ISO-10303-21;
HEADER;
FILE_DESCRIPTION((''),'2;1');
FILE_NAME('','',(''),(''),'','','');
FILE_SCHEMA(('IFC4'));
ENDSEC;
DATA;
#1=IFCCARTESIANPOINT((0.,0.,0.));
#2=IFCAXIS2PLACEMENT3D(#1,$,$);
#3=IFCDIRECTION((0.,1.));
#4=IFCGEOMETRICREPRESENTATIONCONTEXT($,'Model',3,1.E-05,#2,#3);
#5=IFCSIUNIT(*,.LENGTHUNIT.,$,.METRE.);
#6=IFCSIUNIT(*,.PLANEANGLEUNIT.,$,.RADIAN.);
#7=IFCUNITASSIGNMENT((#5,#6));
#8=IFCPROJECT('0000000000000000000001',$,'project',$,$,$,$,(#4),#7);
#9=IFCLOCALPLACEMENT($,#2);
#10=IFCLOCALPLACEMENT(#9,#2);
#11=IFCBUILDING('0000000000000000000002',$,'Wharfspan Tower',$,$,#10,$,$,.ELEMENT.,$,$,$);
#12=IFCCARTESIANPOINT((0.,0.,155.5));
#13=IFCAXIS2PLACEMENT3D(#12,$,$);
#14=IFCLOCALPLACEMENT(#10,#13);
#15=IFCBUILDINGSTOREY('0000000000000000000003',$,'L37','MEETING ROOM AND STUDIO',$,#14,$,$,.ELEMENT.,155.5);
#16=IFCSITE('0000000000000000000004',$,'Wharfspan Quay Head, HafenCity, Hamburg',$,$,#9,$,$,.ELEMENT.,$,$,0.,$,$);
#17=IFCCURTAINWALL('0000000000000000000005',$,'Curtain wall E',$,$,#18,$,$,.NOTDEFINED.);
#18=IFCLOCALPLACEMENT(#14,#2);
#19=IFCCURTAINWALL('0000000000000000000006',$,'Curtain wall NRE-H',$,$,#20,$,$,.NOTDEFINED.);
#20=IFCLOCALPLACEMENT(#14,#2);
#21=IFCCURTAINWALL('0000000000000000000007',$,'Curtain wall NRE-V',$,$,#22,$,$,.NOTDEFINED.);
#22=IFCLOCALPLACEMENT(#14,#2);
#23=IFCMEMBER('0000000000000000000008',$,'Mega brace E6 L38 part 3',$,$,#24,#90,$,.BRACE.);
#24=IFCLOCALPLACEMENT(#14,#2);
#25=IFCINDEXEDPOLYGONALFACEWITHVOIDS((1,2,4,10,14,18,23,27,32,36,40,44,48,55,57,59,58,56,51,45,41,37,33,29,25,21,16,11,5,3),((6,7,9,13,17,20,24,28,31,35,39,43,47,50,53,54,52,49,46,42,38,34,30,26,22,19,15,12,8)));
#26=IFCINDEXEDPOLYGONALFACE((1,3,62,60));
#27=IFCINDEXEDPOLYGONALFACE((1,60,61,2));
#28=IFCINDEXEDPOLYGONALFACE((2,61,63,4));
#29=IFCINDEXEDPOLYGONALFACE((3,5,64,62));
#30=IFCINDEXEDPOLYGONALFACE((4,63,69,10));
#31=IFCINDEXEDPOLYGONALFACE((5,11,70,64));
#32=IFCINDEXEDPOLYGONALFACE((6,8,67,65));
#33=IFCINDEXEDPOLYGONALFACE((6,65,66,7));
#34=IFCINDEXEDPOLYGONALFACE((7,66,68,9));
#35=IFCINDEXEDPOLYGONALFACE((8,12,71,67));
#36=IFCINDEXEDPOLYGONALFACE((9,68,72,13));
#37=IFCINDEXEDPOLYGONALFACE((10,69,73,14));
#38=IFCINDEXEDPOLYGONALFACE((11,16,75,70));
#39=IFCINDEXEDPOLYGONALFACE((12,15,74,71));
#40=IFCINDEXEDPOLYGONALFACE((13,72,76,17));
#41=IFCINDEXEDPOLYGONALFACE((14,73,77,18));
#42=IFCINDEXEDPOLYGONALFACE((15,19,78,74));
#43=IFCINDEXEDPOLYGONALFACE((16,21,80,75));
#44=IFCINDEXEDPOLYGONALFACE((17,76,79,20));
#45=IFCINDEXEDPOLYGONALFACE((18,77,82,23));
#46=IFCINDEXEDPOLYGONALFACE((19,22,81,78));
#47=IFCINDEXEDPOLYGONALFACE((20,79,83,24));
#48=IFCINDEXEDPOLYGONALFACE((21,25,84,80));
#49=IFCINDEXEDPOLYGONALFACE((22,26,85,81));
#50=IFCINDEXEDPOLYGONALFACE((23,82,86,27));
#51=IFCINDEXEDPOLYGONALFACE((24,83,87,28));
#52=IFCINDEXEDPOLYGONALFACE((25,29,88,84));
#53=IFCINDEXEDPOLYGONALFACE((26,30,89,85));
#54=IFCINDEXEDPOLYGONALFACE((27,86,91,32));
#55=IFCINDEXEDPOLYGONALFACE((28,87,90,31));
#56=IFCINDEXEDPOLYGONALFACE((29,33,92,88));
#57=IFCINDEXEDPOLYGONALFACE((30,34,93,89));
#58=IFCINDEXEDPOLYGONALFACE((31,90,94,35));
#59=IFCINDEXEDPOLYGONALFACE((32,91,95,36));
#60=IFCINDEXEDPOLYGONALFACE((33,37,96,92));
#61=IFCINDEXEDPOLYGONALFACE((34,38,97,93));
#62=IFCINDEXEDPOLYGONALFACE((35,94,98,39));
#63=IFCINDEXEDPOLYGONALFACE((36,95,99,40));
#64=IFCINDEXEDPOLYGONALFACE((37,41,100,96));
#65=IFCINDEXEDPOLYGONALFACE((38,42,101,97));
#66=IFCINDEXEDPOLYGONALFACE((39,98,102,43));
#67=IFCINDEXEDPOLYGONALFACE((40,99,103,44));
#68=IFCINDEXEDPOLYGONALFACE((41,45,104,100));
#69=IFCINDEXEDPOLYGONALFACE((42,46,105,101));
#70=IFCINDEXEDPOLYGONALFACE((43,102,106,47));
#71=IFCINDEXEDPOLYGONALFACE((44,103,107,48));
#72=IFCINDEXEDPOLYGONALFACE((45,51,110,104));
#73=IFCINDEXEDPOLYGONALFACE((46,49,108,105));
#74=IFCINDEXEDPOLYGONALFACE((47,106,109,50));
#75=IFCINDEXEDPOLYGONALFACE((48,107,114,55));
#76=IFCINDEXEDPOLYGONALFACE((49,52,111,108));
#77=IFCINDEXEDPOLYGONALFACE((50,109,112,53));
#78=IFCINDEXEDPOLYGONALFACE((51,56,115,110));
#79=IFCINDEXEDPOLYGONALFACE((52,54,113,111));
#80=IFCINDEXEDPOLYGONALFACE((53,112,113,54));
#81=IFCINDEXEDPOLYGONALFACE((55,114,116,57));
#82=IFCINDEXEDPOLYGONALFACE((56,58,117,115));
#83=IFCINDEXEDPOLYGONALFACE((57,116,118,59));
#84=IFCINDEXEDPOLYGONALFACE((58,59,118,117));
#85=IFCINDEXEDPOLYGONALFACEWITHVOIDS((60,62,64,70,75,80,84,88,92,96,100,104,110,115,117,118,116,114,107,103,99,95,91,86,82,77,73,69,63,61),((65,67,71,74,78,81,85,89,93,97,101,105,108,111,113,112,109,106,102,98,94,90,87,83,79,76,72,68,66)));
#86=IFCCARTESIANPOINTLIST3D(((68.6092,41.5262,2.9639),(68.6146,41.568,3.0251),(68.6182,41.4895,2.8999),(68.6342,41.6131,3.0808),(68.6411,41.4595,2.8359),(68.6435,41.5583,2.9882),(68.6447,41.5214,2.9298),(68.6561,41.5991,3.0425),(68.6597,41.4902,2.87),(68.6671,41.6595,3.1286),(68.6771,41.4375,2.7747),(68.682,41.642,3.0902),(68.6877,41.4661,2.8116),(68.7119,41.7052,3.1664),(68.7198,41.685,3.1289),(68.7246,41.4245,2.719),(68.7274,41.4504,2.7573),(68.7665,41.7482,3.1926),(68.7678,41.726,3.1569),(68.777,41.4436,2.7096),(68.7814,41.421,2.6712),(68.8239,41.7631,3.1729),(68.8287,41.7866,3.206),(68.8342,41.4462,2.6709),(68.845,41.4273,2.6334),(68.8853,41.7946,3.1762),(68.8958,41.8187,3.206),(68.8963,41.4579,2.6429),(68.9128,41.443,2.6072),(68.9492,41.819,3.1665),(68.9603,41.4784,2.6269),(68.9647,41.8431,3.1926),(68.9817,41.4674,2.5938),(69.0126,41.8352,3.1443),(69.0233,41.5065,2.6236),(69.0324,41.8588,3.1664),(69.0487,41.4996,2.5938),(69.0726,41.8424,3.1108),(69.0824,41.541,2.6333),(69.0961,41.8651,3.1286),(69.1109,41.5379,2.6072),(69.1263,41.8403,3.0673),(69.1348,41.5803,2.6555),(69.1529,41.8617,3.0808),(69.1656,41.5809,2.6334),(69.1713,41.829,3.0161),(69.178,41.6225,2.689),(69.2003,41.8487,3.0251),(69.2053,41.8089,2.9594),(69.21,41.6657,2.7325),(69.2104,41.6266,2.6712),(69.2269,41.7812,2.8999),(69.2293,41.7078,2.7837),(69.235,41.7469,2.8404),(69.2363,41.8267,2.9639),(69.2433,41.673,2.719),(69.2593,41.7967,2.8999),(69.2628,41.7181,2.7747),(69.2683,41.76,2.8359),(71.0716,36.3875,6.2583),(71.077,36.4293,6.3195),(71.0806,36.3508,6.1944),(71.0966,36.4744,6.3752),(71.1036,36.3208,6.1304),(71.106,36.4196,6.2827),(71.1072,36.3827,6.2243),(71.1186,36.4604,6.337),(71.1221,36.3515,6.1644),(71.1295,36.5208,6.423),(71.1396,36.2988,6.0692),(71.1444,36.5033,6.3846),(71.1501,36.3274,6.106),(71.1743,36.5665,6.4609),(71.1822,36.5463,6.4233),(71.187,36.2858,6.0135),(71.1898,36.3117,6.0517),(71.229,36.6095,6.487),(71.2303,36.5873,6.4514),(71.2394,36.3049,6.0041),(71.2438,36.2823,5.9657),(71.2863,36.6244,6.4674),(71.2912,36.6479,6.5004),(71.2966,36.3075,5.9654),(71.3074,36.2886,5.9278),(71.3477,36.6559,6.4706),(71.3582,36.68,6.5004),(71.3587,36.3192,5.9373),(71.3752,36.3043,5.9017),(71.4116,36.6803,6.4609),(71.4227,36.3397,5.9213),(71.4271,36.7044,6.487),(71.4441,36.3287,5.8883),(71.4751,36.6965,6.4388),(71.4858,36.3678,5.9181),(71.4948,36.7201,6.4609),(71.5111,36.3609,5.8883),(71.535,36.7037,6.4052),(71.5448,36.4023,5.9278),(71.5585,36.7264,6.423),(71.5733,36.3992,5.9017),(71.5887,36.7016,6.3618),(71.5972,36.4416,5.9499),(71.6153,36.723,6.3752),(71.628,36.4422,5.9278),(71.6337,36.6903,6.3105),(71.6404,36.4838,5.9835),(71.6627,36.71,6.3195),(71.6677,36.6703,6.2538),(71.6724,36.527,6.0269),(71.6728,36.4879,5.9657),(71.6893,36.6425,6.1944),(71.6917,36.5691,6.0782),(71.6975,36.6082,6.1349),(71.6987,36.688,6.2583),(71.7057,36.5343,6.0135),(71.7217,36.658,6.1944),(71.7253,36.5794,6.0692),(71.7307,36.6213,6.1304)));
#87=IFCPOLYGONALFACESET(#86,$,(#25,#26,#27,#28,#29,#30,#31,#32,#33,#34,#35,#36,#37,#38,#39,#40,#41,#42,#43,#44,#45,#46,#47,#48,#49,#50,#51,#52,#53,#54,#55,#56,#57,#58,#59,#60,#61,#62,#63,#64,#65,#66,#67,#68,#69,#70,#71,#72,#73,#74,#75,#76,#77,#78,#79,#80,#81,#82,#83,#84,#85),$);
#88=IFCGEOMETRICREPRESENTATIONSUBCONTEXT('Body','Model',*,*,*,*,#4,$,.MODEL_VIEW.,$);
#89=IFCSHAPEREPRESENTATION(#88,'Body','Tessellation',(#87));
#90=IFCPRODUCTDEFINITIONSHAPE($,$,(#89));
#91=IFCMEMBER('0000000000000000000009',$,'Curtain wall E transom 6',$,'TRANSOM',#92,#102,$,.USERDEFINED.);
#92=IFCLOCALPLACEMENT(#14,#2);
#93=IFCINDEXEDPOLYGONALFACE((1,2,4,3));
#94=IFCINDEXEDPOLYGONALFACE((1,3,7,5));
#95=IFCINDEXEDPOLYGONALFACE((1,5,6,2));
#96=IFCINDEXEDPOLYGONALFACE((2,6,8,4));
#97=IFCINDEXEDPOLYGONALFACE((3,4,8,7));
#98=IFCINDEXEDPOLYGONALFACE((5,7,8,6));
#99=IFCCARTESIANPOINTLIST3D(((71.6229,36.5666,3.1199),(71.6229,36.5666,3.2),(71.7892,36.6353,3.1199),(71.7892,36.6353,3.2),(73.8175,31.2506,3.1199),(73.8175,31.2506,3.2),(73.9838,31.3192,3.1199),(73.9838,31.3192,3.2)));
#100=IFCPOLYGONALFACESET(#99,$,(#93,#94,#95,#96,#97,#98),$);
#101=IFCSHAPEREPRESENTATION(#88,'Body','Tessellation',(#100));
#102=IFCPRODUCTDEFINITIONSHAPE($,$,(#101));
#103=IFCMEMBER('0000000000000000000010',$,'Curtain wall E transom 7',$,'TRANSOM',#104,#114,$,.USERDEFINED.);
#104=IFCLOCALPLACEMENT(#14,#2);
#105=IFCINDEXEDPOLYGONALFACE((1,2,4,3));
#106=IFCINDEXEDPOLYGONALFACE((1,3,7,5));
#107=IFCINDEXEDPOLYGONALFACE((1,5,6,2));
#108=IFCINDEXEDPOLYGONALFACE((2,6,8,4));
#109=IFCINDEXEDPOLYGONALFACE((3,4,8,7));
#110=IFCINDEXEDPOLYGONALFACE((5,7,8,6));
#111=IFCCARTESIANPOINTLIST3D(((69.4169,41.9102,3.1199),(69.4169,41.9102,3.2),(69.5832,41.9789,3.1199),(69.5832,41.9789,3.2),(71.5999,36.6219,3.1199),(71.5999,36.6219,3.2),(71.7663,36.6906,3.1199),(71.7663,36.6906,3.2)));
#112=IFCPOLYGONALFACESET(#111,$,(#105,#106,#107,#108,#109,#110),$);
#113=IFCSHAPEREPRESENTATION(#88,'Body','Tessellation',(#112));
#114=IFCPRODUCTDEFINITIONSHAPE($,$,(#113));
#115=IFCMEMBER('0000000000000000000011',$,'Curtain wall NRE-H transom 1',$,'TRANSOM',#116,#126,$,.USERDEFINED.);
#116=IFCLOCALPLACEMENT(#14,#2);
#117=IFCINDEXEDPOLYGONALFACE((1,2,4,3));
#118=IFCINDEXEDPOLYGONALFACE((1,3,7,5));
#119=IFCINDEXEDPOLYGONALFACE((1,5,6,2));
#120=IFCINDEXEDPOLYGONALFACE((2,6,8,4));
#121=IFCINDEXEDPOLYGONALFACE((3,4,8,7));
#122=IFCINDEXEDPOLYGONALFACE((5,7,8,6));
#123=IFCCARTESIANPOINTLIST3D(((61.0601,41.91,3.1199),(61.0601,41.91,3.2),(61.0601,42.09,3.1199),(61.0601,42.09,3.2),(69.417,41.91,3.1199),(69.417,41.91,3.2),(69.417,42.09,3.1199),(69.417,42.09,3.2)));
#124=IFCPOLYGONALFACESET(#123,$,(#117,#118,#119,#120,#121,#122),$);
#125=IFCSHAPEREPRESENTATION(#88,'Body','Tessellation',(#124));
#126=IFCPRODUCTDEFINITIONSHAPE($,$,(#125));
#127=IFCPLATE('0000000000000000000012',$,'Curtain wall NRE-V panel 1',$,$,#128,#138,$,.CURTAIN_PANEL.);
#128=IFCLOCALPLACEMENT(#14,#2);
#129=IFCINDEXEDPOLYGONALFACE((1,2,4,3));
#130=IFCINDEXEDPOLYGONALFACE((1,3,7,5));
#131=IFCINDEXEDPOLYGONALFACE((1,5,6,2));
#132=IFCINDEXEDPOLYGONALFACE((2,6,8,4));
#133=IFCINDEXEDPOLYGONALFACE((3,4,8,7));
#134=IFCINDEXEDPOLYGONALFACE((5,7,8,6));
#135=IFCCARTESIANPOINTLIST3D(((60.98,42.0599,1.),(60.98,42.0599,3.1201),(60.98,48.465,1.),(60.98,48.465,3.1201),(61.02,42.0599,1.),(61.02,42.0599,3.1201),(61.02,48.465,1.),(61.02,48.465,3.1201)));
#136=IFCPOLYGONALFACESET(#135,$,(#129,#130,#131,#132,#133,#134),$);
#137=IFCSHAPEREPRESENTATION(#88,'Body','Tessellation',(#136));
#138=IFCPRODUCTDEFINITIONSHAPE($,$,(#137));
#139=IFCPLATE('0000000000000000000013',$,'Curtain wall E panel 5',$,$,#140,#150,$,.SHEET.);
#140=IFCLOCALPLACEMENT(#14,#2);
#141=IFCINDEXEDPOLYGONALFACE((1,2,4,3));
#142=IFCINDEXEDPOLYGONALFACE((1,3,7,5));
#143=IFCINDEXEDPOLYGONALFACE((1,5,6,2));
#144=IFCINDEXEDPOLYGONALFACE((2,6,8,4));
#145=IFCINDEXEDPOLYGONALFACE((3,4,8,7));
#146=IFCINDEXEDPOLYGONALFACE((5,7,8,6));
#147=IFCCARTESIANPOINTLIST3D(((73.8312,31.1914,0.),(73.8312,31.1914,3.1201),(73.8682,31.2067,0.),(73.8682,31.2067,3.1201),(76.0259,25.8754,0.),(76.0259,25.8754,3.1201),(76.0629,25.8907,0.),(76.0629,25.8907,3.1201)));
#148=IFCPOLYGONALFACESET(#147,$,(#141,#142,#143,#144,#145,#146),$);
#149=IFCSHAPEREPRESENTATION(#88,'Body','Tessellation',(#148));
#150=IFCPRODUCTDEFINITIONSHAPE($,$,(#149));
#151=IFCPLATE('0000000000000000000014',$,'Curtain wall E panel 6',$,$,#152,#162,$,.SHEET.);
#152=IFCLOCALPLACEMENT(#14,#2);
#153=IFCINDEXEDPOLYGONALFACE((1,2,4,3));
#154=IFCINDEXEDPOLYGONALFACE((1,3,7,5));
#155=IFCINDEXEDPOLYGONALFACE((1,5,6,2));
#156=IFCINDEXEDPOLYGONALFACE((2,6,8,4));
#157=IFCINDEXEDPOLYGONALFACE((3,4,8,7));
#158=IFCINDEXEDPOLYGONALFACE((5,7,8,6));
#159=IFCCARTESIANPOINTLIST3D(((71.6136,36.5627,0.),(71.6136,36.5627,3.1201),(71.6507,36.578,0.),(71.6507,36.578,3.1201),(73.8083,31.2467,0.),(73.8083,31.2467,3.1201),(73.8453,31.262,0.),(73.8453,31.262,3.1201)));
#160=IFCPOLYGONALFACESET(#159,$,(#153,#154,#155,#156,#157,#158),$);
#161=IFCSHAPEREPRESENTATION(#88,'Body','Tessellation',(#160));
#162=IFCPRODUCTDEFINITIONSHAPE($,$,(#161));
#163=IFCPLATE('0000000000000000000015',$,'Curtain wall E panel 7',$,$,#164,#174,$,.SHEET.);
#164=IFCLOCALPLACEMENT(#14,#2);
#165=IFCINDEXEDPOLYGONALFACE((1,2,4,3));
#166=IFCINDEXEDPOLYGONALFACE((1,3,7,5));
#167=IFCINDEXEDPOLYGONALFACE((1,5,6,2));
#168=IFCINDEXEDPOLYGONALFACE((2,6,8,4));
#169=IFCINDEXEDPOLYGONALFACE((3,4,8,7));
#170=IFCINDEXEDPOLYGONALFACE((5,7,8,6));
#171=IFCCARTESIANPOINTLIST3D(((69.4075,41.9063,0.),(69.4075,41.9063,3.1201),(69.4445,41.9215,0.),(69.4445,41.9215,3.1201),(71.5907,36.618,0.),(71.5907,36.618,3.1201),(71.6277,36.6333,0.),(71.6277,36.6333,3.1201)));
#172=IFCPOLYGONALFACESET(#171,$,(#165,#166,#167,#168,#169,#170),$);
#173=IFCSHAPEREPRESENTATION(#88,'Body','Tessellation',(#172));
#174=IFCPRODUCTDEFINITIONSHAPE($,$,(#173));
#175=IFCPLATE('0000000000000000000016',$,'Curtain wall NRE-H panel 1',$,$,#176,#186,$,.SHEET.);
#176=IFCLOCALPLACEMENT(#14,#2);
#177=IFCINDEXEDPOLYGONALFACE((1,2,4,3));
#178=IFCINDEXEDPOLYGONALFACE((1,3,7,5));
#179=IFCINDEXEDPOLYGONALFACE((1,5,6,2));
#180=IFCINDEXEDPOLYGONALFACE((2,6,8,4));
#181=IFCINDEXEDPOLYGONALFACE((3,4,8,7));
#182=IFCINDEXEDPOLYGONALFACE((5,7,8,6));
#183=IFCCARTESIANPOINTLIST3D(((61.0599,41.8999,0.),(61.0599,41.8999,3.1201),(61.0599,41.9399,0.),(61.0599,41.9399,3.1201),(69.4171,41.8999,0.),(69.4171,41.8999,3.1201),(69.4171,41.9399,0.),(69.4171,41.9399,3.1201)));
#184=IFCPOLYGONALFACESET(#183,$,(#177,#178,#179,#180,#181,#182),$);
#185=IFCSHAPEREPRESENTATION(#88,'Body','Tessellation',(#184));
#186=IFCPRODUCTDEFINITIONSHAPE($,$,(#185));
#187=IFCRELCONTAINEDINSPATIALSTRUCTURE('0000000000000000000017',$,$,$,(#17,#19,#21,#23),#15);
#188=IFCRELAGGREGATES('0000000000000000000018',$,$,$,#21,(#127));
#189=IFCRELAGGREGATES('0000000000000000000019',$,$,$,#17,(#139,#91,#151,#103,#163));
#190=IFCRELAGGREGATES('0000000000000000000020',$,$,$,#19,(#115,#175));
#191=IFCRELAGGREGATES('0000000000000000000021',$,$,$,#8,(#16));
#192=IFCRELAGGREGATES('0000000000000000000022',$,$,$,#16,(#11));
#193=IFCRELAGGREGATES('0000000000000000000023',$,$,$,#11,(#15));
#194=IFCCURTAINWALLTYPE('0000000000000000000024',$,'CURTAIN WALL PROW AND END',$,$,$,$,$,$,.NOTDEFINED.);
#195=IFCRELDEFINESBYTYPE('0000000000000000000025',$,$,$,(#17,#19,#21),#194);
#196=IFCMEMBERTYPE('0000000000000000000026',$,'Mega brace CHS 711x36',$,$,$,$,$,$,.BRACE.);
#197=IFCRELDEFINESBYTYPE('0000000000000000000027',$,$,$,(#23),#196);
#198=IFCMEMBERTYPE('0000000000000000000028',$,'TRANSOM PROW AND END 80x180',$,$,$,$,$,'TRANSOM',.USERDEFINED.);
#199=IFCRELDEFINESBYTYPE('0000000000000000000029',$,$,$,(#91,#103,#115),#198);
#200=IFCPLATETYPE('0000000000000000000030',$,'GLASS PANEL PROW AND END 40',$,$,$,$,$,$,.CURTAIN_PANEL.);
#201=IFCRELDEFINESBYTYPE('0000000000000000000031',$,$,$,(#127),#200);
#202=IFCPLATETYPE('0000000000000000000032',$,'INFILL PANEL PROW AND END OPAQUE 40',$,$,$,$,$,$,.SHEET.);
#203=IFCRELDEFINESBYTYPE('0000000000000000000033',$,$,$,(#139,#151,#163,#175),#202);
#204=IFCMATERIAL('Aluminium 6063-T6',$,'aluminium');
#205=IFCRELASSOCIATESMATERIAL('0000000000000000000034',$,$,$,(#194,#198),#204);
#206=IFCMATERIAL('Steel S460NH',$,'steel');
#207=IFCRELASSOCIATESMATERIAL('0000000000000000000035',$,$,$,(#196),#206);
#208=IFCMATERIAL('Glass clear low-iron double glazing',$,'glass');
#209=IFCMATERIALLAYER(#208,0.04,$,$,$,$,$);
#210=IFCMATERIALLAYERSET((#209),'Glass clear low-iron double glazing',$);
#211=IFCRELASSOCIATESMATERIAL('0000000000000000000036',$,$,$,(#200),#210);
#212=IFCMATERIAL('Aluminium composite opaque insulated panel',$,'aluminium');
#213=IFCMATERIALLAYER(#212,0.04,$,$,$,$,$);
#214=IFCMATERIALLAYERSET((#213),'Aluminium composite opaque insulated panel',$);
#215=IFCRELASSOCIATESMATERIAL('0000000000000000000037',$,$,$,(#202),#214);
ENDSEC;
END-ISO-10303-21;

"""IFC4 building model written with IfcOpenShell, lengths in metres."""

from ifc_helpers import new_model, si_unit, direction, frame, origin, origin_2d, place, context, subcontext, project, spatial, rectangle, hollow_circle, extrude, material, layer, layer_set, material_profile, profile_set, type_object, element, aggregate, save


model = new_model("IFC4")

# Units and contexts
model_context = context("Model", 3, precision=1e-05, world=origin(), true_north=direction((0.0, 1.0)))
body_context = subcontext(model_context, "Body", "Model", "MODEL_VIEW")
ifc_project = project(units=[si_unit("LENGTHUNIT", "METRE"), si_unit("PLANEANGLEUNIT", "RADIAN")], contexts=[model_context])

# Site, building, storey
site_placement = place(None, origin())
site = spatial("IfcSite", under=ifc_project, at=site_placement, Name="Wharfspan Quay Head, HafenCity, Hamburg", CompositionType="ELEMENT", RefElevation=0.0)
building_placement = place(site_placement, origin())
building = spatial("IfcBuilding", under=site, at=building_placement, Name="Wharfspan Tower", CompositionType="ELEMENT")
storey_placement = place(building_placement, frame((0.0, 0.0, 155.5)))
storey = spatial("IfcBuildingStorey", under=building, at=storey_placement, Name="L37", Description="MEETING ROOM AND STUDIO", CompositionType="ELEMENT", Elevation=155.5)

# Curtain walls
ifc_material_1 = material(Name="Aluminium 6063-T6", Category="aluminium")
curtain_wall_type = type_object("IfcCurtainWallType", Name="CURTAIN WALL PROW AND END", PredefinedType="NOTDEFINED", material=ifc_material_1)
curtain_wall_1_placement = place(storey_placement, origin())
curtain_wall_1 = element("IfcCurtainWall", 1, at=curtain_wall_1_placement, inside=storey, type_object=curtain_wall_type, Name="Curtain wall E", PredefinedType="NOTDEFINED")
curtain_wall_2_placement = place(storey_placement, origin())
curtain_wall_2 = element("IfcCurtainWall", 2, at=curtain_wall_2_placement, inside=storey, type_object=curtain_wall_type, Name="Curtain wall NRE-H", PredefinedType="NOTDEFINED")

# Curtain wall
curtain_wall_3_placement = place(storey_placement, origin())
curtain_wall_3 = element("IfcCurtainWall", 3, at=curtain_wall_3_placement, inside=storey, type_object=curtain_wall_type, Name="Curtain wall NRE-V", PredefinedType="NOTDEFINED")

# Member
ifc_material_2 = material(Name="Steel S460NH", Category="steel")
ifc_material_profile_1 = material_profile(ifc_material_2, hollow_circle(Radius=0.3555, WallThickness=0.0359, at=origin_2d()))
ifc_profile_set_1 = profile_set([ifc_material_profile_1], Name="Steel S460NH")
member_type_1 = type_object("IfcMemberType", Name="Mega brace CHS 711x36", PredefinedType="BRACE", material=ifc_profile_set_1)
for number, where, z_axis, x_axis, name in (
    (4, (68.9387, 41.6431, 2.8999), (0.374112, -0.780716, 0.500522), (0.901807, 0.432139, 0.000002), "Mega brace E6 L38 part 3"),
):
    element("IfcMember", number, at=place(storey_placement, frame(where, z_axis=z_axis, x_axis=x_axis)), inside=storey, type_object=member_type_1, Name=name, PredefinedType="BRACE", context=body_context, shape_type="SweptSolid", body=[
        extrude(hollow_circle(Radius=0.3555, WallThickness=0.0359, at=origin_2d()), origin(), (0.0, 0.0, 1.0), 6.582),
    ])

# Members
ifc_material_profile_2 = material_profile(ifc_material_1, rectangle(XDim=0.1799, YDim=0.0801, at=origin_2d()))
ifc_profile_set_2 = profile_set([ifc_material_profile_2], Name="Aluminium 6063-T6")
member_type_2 = type_object("IfcMemberType", Name="TRANSOM PROW AND END 80x180", ElementType="TRANSOM", PredefinedType="USERDEFINED", material=ifc_profile_set_2)
member_1_placement = place(storey_placement, frame((73.9006, 31.2849, 3.1599), z_axis=(-0.381593, 0.92433, 0.0), x_axis=(-0.92433, -0.381593, 0.0)))
member_1 = element("IfcMember", 5, at=member_1_placement, type_object=member_type_2, Name="Curtain wall E transom 6", ObjectType="TRANSOM", PredefinedType="USERDEFINED", context=body_context, shape_type="SweptSolid", body=[
    extrude(rectangle(XDim=0.1799, YDim=0.0801, at=origin_2d()), origin(), (0.0, 0.0, 1.0), 5.7512),
])
member_2_placement = place(storey_placement, frame((71.6831, 36.6562, 3.1599), z_axis=(-0.38158, 0.924336, 0.0), x_axis=(-0.924336, -0.38158, 0.0)))
member_2 = element("IfcMember", 6, at=member_2_placement, type_object=member_type_2, Name="Curtain wall E transom 7", ObjectType="TRANSOM", PredefinedType="USERDEFINED", context=body_context, shape_type="SweptSolid", body=[
    extrude(rectangle(XDim=0.1799, YDim=0.0801, at=origin_2d()), origin(), (0.0, 0.0, 1.0), 5.7212),
])
member_3_placement = place(storey_placement, frame((69.417, 42.0, 3.1599), z_axis=(-1.0, 0.0, 0.0), x_axis=(0.0, -1.0, 0.0)))
member_3 = element("IfcMember", 7, at=member_3_placement, type_object=member_type_2, Name="Curtain wall NRE-H transom 1", ObjectType="TRANSOM", PredefinedType="USERDEFINED", context=body_context, shape_type="SweptSolid", body=[
    extrude(rectangle(XDim=0.1799, YDim=0.0801, at=origin_2d()), origin(), (0.0, 0.0, 1.0), 8.3569),
])

# Plates
ifc_material_3 = material(Name="Glass clear low-iron double glazing", Category="glass")
ifc_layer_1 = layer(ifc_material_3, 0.04)
ifc_layer_set_1 = layer_set([ifc_layer_1], Name="Glass clear low-iron double glazing")
plate_type_1 = type_object("IfcPlateType", Name="GLASS PANEL PROW AND END 40", PredefinedType="CURTAIN_PANEL", material=ifc_layer_set_1)
plate_1_placement = place(storey_placement, frame((61.0, 45.2625, 1.0), z_axis=(0.0, 0.0, 1.0), x_axis=(0.0, 1.0, 0.0)))
plate_1 = element("IfcPlate", 8, at=plate_1_placement, type_object=plate_type_1, Name="Curtain wall NRE-V panel 1", PredefinedType="CURTAIN_PANEL", context=body_context, shape_type="SweptSolid", body=[
    extrude(rectangle(XDim=6.405, YDim=0.04, at=origin_2d()), origin(), (0.0, 0.0, 1.0), 2.1201),
])
aggregate(curtain_wall_3, [plate_1])
ifc_material_4 = material(Name="Aluminium composite opaque insulated panel", Category="aluminium")
ifc_layer_2 = layer(ifc_material_4, 0.04)
ifc_layer_set_2 = layer_set([ifc_layer_2], Name="Aluminium composite opaque insulated panel")
plate_type_2 = type_object("IfcPlateType", Name="INFILL PANEL PROW AND END OPAQUE 40", PredefinedType="SHEET", material=ifc_layer_set_2)
plate_2_placement = place(storey_placement, frame((74.947, 28.541, 0.0), z_axis=(0.0, 0.0, 1.0), x_axis=(-0.381602, 0.924325, 0.0)))
plate_2 = element("IfcPlate", 9, at=plate_2_placement, type_object=plate_type_2, Name="Curtain wall E panel 5", PredefinedType="SHEET", context=body_context, shape_type="SweptSolid", body=[
    extrude(rectangle(XDim=5.7512, YDim=0.04, at=origin_2d()), origin(), (0.0, 0.0, 1.0), 3.1201),
])
plate_3_placement = place(storey_placement, frame((72.7295, 33.9124, 0.0), z_axis=(0.0, 0.0, 1.0), x_axis=(-0.381602, 0.924325, 0.0)))
plate_3 = element("IfcPlate", 10, at=plate_3_placement, type_object=plate_type_2, Name="Curtain wall E panel 6", PredefinedType="SHEET", context=body_context, shape_type="SweptSolid", body=[
    extrude(rectangle(XDim=5.7512, YDim=0.04, at=origin_2d()), origin(), (0.0, 0.0, 1.0), 3.1201),
])
plate_4_placement = place(storey_placement, frame((70.5176, 39.2698, 0.0), z_axis=(0.0, 0.0, 1.0), x_axis=(-0.381602, 0.924325, 0.0)))
plate_4 = element("IfcPlate", 11, at=plate_4_placement, type_object=plate_type_2, Name="Curtain wall E panel 7", PredefinedType="SHEET", context=body_context, shape_type="SweptSolid", body=[
    extrude(rectangle(XDim=5.7212, YDim=0.04, at=origin_2d()), origin(), (0.0, 0.0, 1.0), 3.1201),
])
aggregate(curtain_wall_1, [plate_2, member_1, plate_3, member_2, plate_4])
plate_5_placement = place(storey_placement, frame((65.2385, 41.9199, 0.0), z_axis=(0.0, 0.0, 1.0), x_axis=(-1.0, 0.0, 0.0)))
plate_5 = element("IfcPlate", 12, at=plate_5_placement, type_object=plate_type_2, Name="Curtain wall NRE-H panel 1", PredefinedType="SHEET", context=body_context, shape_type="SweptSolid", body=[
    extrude(rectangle(XDim=8.3572, YDim=0.04, at=origin_2d()), origin(), (0.0, 0.0, 1.0), 3.1201),
])
aggregate(curtain_wall_2, [member_3, plate_5])

save(model, "model.ifc")
